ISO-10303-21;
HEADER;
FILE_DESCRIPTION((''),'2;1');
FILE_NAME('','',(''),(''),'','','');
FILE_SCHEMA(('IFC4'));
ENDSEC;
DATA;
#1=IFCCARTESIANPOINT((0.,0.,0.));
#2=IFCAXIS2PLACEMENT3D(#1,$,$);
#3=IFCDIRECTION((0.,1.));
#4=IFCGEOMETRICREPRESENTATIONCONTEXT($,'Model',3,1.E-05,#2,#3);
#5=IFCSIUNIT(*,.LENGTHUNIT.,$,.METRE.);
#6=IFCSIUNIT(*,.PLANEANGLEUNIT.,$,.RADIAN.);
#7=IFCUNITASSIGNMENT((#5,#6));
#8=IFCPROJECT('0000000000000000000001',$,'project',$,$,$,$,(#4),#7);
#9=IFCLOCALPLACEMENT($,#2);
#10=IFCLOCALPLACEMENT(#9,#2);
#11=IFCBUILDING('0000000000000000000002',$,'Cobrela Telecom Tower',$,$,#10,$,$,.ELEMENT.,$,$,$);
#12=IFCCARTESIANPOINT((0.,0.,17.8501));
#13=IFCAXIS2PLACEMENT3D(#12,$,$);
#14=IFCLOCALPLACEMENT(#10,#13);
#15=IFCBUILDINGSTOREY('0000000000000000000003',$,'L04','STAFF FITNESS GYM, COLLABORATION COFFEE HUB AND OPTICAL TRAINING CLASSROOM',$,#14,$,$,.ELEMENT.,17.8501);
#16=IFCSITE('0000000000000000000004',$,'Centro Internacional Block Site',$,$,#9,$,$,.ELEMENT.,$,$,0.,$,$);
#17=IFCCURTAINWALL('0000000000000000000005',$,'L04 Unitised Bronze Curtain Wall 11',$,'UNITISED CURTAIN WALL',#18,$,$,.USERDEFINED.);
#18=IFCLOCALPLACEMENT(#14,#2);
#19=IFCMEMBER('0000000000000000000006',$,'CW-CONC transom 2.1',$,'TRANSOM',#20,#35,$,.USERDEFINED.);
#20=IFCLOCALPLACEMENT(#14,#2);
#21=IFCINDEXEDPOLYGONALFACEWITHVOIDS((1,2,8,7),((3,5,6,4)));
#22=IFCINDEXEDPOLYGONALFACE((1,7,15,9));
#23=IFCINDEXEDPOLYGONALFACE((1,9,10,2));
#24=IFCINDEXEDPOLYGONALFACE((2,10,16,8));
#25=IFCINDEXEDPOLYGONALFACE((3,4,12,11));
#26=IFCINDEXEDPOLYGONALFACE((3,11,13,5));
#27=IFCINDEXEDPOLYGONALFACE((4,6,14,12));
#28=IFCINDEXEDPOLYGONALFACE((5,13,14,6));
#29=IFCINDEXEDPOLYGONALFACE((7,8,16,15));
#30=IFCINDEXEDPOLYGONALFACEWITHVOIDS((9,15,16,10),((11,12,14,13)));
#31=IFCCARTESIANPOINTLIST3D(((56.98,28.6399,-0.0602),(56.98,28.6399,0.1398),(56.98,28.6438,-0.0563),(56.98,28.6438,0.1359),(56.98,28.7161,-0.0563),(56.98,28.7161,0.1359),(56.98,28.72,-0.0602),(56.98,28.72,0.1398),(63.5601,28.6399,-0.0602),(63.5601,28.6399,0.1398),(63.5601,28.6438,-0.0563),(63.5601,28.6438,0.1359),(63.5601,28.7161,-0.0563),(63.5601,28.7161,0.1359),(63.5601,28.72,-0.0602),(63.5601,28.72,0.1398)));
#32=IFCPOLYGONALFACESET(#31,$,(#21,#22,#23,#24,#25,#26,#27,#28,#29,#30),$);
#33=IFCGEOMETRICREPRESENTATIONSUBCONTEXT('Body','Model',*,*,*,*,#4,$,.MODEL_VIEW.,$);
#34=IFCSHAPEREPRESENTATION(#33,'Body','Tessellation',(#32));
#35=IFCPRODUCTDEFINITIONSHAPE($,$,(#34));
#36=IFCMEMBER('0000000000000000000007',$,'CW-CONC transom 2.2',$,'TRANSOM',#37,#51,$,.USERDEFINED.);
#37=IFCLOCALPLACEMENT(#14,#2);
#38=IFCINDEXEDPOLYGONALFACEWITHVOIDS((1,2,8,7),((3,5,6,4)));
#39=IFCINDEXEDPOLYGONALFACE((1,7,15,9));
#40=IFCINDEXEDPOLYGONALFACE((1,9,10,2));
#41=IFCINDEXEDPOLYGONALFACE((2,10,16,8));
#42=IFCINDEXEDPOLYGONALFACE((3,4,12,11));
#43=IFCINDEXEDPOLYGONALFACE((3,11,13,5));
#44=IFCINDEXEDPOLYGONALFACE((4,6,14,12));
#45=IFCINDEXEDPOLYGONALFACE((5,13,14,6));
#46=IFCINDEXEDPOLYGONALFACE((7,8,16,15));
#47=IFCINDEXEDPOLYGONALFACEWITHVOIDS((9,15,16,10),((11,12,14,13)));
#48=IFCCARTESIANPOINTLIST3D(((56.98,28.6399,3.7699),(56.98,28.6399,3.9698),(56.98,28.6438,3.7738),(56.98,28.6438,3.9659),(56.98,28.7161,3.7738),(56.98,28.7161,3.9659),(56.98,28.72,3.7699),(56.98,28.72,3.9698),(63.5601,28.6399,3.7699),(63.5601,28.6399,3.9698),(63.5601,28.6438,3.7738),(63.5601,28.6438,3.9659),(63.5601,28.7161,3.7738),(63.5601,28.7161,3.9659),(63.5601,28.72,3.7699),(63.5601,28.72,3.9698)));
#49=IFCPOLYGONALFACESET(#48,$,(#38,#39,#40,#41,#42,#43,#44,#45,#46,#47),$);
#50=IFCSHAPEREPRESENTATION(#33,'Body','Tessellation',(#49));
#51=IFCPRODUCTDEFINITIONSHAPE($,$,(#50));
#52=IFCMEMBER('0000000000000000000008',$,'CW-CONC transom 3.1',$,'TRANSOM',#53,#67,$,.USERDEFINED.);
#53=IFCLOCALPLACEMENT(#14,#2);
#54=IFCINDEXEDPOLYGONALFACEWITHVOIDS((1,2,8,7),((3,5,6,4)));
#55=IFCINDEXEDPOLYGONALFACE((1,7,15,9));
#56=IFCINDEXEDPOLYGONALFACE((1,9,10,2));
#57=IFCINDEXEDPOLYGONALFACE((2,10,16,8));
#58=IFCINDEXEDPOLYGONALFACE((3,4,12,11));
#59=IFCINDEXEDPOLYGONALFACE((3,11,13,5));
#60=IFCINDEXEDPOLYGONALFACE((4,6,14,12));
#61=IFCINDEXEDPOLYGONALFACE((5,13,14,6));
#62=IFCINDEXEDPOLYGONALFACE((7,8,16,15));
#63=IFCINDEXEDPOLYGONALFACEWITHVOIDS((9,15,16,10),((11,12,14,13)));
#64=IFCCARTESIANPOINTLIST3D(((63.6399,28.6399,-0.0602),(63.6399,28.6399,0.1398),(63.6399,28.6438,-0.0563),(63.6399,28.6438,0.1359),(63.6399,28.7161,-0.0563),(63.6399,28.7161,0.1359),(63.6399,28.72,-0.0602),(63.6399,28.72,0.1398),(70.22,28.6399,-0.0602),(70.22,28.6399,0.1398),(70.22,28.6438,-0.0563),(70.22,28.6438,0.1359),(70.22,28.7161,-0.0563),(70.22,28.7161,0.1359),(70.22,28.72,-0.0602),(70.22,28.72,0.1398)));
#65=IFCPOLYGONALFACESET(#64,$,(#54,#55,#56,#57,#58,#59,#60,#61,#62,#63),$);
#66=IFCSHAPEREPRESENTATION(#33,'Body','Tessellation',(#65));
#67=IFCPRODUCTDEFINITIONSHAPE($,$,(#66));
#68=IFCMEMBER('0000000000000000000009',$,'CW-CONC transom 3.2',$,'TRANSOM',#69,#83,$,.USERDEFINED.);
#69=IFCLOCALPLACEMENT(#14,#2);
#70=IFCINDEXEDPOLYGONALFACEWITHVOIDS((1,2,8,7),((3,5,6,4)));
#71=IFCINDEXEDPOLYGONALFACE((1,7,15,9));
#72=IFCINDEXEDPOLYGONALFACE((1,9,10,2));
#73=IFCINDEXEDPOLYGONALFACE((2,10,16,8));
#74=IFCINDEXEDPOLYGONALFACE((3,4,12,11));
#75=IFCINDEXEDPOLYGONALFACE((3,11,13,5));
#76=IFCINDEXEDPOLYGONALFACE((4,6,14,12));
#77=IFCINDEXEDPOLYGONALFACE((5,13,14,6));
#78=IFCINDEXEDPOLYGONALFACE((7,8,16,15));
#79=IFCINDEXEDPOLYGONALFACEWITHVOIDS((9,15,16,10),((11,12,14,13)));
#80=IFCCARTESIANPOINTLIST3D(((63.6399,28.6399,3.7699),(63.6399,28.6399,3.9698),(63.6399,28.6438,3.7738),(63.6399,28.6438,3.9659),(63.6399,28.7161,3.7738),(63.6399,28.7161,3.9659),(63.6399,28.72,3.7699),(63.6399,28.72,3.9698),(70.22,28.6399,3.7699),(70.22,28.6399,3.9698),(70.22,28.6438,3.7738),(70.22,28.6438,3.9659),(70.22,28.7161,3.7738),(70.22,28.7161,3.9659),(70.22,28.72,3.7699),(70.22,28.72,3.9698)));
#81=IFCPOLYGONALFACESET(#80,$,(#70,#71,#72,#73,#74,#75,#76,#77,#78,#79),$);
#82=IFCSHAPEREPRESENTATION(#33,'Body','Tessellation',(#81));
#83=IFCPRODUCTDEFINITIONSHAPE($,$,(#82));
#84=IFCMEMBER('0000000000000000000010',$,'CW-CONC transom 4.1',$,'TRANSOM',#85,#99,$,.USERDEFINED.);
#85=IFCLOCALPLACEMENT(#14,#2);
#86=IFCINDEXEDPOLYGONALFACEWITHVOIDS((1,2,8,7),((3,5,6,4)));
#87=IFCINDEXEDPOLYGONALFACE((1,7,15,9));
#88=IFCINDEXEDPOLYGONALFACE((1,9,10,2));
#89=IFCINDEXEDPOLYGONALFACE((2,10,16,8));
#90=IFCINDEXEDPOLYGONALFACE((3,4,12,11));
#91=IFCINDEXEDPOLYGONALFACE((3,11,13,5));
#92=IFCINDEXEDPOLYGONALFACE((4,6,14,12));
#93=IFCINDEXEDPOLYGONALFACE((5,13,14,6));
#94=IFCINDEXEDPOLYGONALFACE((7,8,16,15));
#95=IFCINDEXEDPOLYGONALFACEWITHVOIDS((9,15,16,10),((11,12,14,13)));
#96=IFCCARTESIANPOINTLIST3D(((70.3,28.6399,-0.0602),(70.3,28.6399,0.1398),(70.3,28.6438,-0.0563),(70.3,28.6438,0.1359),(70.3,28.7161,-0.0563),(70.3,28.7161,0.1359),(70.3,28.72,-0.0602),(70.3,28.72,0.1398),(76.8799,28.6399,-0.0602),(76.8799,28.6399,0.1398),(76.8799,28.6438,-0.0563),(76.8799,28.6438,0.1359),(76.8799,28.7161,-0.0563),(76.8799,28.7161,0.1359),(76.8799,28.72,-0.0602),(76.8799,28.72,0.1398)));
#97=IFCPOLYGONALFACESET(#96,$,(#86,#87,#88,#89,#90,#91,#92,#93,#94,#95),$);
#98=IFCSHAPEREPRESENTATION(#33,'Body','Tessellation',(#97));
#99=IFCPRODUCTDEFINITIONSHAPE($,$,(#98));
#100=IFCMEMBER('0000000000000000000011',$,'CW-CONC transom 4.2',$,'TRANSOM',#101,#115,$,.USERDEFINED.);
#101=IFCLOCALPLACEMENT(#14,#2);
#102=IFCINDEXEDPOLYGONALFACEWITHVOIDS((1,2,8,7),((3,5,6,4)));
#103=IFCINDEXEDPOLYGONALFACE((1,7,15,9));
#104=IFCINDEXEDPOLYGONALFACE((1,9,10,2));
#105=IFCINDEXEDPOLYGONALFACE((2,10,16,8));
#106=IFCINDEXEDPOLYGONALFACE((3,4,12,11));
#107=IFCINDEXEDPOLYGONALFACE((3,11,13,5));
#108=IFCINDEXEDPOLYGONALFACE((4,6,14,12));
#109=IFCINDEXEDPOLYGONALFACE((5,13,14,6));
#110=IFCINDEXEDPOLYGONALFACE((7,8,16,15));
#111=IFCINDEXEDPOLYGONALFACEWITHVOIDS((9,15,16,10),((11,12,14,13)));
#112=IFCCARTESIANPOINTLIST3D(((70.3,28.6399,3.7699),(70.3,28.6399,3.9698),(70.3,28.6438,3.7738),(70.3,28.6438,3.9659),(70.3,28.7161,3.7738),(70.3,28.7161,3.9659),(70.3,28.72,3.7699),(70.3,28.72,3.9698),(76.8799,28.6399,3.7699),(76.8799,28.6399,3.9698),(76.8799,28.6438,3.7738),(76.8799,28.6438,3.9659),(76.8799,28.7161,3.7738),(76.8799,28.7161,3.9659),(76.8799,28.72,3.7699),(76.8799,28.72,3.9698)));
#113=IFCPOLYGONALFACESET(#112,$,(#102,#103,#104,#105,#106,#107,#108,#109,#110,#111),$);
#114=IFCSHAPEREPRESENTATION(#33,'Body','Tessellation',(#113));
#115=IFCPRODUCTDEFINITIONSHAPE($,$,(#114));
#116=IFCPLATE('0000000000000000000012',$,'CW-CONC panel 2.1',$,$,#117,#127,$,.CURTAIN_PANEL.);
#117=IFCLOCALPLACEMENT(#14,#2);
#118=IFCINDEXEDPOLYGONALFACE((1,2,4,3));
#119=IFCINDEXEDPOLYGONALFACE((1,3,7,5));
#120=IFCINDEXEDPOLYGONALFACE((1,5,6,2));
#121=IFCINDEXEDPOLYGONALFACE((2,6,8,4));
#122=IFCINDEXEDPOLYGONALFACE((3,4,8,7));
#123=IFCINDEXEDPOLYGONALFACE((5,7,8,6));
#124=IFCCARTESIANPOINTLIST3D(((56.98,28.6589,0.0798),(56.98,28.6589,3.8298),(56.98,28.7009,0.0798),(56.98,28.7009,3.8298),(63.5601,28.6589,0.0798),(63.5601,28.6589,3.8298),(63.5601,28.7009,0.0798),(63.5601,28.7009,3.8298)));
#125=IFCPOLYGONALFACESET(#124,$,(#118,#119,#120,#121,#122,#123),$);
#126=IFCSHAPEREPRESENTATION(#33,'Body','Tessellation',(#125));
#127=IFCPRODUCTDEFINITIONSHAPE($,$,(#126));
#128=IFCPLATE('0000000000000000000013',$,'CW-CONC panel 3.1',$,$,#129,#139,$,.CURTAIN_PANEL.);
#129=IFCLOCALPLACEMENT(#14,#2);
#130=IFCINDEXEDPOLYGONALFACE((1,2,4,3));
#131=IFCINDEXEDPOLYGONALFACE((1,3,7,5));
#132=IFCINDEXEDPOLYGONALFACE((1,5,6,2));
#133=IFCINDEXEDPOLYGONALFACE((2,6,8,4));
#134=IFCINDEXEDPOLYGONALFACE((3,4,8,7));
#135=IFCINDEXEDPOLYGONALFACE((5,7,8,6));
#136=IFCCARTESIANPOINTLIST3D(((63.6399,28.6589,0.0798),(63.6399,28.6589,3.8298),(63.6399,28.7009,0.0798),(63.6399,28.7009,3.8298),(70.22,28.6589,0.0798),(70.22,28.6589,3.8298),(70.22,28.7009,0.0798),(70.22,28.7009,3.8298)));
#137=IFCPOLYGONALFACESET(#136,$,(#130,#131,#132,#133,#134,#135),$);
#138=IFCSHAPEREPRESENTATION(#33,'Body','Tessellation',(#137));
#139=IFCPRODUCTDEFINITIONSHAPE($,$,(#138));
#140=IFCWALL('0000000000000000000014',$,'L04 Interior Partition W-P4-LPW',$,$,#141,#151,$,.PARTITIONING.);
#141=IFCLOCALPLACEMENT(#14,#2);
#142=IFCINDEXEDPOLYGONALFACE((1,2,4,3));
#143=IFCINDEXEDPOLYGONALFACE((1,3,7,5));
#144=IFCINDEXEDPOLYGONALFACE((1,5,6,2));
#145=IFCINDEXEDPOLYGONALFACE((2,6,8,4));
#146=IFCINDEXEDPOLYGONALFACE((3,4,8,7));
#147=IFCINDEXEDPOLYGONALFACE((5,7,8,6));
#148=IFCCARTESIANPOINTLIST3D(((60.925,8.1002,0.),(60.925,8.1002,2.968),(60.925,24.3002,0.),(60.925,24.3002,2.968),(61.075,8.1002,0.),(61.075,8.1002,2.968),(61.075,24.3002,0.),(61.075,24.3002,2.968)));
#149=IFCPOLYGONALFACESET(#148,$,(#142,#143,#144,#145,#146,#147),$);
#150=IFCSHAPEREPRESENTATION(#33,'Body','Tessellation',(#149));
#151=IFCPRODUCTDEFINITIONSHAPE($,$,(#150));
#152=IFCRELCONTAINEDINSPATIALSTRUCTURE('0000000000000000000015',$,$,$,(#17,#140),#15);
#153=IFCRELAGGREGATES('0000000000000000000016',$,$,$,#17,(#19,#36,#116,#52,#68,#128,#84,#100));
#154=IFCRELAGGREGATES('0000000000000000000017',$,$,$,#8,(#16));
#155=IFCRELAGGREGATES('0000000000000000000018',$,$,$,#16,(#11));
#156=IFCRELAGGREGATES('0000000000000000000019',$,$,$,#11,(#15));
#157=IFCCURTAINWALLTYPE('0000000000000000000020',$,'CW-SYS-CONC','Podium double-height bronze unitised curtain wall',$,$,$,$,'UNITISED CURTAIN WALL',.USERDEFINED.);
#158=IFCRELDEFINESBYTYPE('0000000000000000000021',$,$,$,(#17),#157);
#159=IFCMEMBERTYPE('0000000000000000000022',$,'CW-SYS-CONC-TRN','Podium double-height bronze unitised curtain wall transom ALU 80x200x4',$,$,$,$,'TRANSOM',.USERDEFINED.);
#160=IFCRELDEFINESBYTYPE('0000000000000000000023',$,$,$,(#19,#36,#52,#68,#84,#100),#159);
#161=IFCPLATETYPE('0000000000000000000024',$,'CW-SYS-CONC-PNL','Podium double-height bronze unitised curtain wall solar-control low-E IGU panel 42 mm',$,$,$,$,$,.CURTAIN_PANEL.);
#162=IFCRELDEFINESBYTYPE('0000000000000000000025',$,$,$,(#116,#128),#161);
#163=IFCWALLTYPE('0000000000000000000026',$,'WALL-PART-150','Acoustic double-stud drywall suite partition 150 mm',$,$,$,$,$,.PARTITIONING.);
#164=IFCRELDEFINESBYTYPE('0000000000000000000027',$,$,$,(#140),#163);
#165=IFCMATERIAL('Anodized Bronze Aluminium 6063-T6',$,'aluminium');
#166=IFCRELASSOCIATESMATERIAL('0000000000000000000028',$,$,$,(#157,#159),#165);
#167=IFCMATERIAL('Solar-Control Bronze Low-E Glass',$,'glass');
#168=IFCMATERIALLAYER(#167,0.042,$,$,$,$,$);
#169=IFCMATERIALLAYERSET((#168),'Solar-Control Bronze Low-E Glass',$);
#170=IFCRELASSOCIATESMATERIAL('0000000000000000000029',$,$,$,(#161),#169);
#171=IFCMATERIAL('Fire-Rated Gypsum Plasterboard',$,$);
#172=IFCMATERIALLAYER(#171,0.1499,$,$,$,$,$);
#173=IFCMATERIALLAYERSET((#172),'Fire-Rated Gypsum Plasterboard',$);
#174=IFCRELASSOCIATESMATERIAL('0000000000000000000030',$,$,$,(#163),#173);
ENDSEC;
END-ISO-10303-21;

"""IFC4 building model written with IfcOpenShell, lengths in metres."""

from ifc_helpers import new_model, si_unit, direction, frame, frame_2d, origin, origin_2d, place, context, subcontext, project, spatial, rectangle, hollow_rectangle, extrude, material, layer, layer_set, material_profile, profile_set, type_object, element, aggregate, save


model = new_model("IFC4")

# Units and contexts
model_context = context("Model", 3, precision=1e-05, world=origin(), true_north=direction((0.0, 1.0)))
body_context = subcontext(model_context, "Body", "Model", "MODEL_VIEW")
ifc_project = project(units=[si_unit("LENGTHUNIT", "METRE"), si_unit("PLANEANGLEUNIT", "RADIAN")], contexts=[model_context])

# Site, building, storey
site_placement = place(None, origin())
site = spatial("IfcSite", under=ifc_project, at=site_placement, Name="Centro Internacional Block Site", CompositionType="ELEMENT", RefElevation=0.0)
building_placement = place(site_placement, origin())
building = spatial("IfcBuilding", under=site, at=building_placement, Name="Cobrela Telecom Tower", CompositionType="ELEMENT")
storey_placement = place(building_placement, frame((0.0, 0.0, 17.8501)))
storey = spatial("IfcBuildingStorey", under=building, at=storey_placement, Name="L04", Description="STAFF FITNESS GYM, COLLABORATION COFFEE HUB AND OPTICAL TRAINING CLASSROOM", CompositionType="ELEMENT", Elevation=17.8501)

# Curtain wall, members, plates
ifc_material_1 = material(Name="Anodized Bronze Aluminium 6063-T6", Category="aluminium")
curtain_wall_type = type_object("IfcCurtainWallType", Name="CW-SYS-CONC", Description="Podium double-height bronze unitised curtain wall", ElementType="UNITISED CURTAIN WALL", PredefinedType="USERDEFINED", material=ifc_material_1)
curtain_wall_placement = place(storey_placement, origin())
curtain_wall = element("IfcCurtainWall", 1, at=curtain_wall_placement, inside=storey, type_object=curtain_wall_type, Name="L04 Unitised Bronze Curtain Wall 11", ObjectType="UNITISED CURTAIN WALL", PredefinedType="USERDEFINED")
ifc_material_profile_1 = material_profile(ifc_material_1, hollow_rectangle(XDim=0.0801, YDim=0.2, WallThickness=0.0039, at=origin_2d()), Name="ALU 80x200x4")
ifc_profile_set_1 = profile_set([ifc_material_profile_1], Name="Anodized Bronze Aluminium 6063-T6")
member_type_1 = type_object("IfcMemberType", Name="CW-SYS-CONC-TRN", Description="Podium double-height bronze unitised curtain wall transom ALU 80x200x4", ElementType="TRANSOM", PredefinedType="USERDEFINED", material=ifc_profile_set_1)
member_1_placement = place(storey_placement, frame((56.98, 28.6799, 0.0398), z_axis=(1.0, 0.0, 0.0), x_axis=(0.0, 1.0, 0.0)))
member_1 = element("IfcMember", 2, at=member_1_placement, type_object=member_type_1, Name="CW-CONC transom 2.1", ObjectType="TRANSOM", PredefinedType="USERDEFINED", context=body_context, shape_type="SweptSolid", body=[
    extrude(hollow_rectangle(XDim=0.0801, YDim=0.2, WallThickness=0.0039, at=origin_2d()), origin(), (0.0, 0.0, 1.0), 6.5801),
])
member_2_placement = place(storey_placement, frame((56.98, 28.6799, 3.8699), z_axis=(1.0, 0.0, 0.0), x_axis=(0.0, 1.0, 0.0)))
member_2 = element("IfcMember", 3, at=member_2_placement, type_object=member_type_1, Name="CW-CONC transom 2.2", ObjectType="TRANSOM", PredefinedType="USERDEFINED", context=body_context, shape_type="SweptSolid", body=[
    extrude(hollow_rectangle(XDim=0.0801, YDim=0.2, WallThickness=0.0039, at=origin_2d()), origin(), (0.0, 0.0, 1.0), 6.5801),
])
member_3_placement = place(storey_placement, frame((63.6399, 28.6799, 0.0398), z_axis=(1.0, 0.0, 0.0), x_axis=(0.0, 1.0, 0.0)))
member_3 = element("IfcMember", 4, at=member_3_placement, type_object=member_type_1, Name="CW-CONC transom 3.1", ObjectType="TRANSOM", PredefinedType="USERDEFINED", context=body_context, shape_type="SweptSolid", body=[
    extrude(hollow_rectangle(XDim=0.0801, YDim=0.2, WallThickness=0.0039, at=origin_2d()), origin(), (0.0, 0.0, 1.0), 6.5801),
])
member_4_placement = place(storey_placement, frame((63.6399, 28.6799, 3.8699), z_axis=(1.0, 0.0, 0.0), x_axis=(0.0, 1.0, 0.0)))
member_4 = element("IfcMember", 5, at=member_4_placement, type_object=member_type_1, Name="CW-CONC transom 3.2", ObjectType="TRANSOM", PredefinedType="USERDEFINED", context=body_context, shape_type="SweptSolid", body=[
    extrude(hollow_rectangle(XDim=0.0801, YDim=0.2, WallThickness=0.0039, at=origin_2d()), origin(), (0.0, 0.0, 1.0), 6.5801),
])
member_5_placement = place(storey_placement, frame((70.3, 28.6799, 0.0398), z_axis=(1.0, 0.0, 0.0), x_axis=(0.0, 1.0, 0.0)))
member_5 = element("IfcMember", 6, at=member_5_placement, type_object=member_type_1, Name="CW-CONC transom 4.1", ObjectType="TRANSOM", PredefinedType="USERDEFINED", context=body_context, shape_type="SweptSolid", body=[
    extrude(hollow_rectangle(XDim=0.0801, YDim=0.2, WallThickness=0.0039, at=origin_2d()), origin(), (0.0, 0.0, 1.0), 6.5798),
])
member_6_placement = place(storey_placement, frame((70.3, 28.6799, 3.8699), z_axis=(1.0, 0.0, 0.0), x_axis=(0.0, 1.0, 0.0)))
member_6 = element("IfcMember", 7, at=member_6_placement, type_object=member_type_1, Name="CW-CONC transom 4.2", ObjectType="TRANSOM", PredefinedType="USERDEFINED", context=body_context, shape_type="SweptSolid", body=[
    extrude(hollow_rectangle(XDim=0.0801, YDim=0.2, WallThickness=0.0039, at=origin_2d()), origin(), (0.0, 0.0, 1.0), 6.5798),
])
ifc_material_2 = material(Name="Solar-Control Bronze Low-E Glass", Category="glass")
ifc_layer_1 = layer(ifc_material_2, 0.042)
ifc_layer_set_1 = layer_set([ifc_layer_1], Name="Solar-Control Bronze Low-E Glass")
plate_type = type_object("IfcPlateType", Name="CW-SYS-CONC-PNL", Description="Podium double-height bronze unitised curtain wall solar-control low-E IGU panel 42 mm", PredefinedType="CURTAIN_PANEL", material=ifc_layer_set_1)
plate_1_placement = place(storey_placement, frame((60.27, 28.6799, 0.0798), z_axis=(0.0, 0.0, 1.0), x_axis=(1.0, 0.0, 0.0)))
plate_1 = element("IfcPlate", 8, at=plate_1_placement, type_object=plate_type, Name="CW-CONC panel 2.1", PredefinedType="CURTAIN_PANEL", context=body_context, shape_type="SweptSolid", body=[
    extrude(rectangle(XDim=6.5801, YDim=0.042, at=origin_2d()), origin(), (0.0, 0.0, 1.0), 3.75),
])
plate_2_placement = place(storey_placement, frame((66.9299, 28.6799, 0.0798), z_axis=(0.0, 0.0, 1.0), x_axis=(1.0, 0.0, 0.0)))
plate_2 = element("IfcPlate", 9, at=plate_2_placement, type_object=plate_type, Name="CW-CONC panel 3.1", PredefinedType="CURTAIN_PANEL", context=body_context, shape_type="SweptSolid", body=[
    extrude(rectangle(XDim=6.5801, YDim=0.042, at=origin_2d()), origin(), (0.0, 0.0, 1.0), 3.75),
])
aggregate(curtain_wall, [member_1, member_2, plate_1, member_3, member_4, plate_2, member_5, member_6])

# Wall
ifc_material_3 = material(Name="Fire-Rated Gypsum Plasterboard")
ifc_layer_2 = layer(ifc_material_3, 0.1499)
ifc_layer_set_2 = layer_set([ifc_layer_2], Name="Fire-Rated Gypsum Plasterboard")
wall_type = type_object("IfcWallType", Name="WALL-PART-150", Description="Acoustic double-stud drywall suite partition 150 mm", PredefinedType="PARTITIONING", material=ifc_layer_set_2)
wall_1_placement = place(storey_placement, frame((61.0, 8.1001, 0.0), z_axis=(0.0, 0.0, 1.0), x_axis=(0.0, 1.0, 0.0)))
element("IfcWall", 10, at=wall_1_placement, inside=storey, type_object=wall_type, Name="L04 Interior Partition W-P4-LPW", PredefinedType="PARTITIONING", context=body_context, shape_type="SweptSolid", body=[
    extrude(rectangle(XDim=16.2, YDim=0.1499, at=frame_2d((8.1001, 0.0))), origin(), (0.0, 0.0, 1.0), 2.968),
])

save(model, "model.ifc")
